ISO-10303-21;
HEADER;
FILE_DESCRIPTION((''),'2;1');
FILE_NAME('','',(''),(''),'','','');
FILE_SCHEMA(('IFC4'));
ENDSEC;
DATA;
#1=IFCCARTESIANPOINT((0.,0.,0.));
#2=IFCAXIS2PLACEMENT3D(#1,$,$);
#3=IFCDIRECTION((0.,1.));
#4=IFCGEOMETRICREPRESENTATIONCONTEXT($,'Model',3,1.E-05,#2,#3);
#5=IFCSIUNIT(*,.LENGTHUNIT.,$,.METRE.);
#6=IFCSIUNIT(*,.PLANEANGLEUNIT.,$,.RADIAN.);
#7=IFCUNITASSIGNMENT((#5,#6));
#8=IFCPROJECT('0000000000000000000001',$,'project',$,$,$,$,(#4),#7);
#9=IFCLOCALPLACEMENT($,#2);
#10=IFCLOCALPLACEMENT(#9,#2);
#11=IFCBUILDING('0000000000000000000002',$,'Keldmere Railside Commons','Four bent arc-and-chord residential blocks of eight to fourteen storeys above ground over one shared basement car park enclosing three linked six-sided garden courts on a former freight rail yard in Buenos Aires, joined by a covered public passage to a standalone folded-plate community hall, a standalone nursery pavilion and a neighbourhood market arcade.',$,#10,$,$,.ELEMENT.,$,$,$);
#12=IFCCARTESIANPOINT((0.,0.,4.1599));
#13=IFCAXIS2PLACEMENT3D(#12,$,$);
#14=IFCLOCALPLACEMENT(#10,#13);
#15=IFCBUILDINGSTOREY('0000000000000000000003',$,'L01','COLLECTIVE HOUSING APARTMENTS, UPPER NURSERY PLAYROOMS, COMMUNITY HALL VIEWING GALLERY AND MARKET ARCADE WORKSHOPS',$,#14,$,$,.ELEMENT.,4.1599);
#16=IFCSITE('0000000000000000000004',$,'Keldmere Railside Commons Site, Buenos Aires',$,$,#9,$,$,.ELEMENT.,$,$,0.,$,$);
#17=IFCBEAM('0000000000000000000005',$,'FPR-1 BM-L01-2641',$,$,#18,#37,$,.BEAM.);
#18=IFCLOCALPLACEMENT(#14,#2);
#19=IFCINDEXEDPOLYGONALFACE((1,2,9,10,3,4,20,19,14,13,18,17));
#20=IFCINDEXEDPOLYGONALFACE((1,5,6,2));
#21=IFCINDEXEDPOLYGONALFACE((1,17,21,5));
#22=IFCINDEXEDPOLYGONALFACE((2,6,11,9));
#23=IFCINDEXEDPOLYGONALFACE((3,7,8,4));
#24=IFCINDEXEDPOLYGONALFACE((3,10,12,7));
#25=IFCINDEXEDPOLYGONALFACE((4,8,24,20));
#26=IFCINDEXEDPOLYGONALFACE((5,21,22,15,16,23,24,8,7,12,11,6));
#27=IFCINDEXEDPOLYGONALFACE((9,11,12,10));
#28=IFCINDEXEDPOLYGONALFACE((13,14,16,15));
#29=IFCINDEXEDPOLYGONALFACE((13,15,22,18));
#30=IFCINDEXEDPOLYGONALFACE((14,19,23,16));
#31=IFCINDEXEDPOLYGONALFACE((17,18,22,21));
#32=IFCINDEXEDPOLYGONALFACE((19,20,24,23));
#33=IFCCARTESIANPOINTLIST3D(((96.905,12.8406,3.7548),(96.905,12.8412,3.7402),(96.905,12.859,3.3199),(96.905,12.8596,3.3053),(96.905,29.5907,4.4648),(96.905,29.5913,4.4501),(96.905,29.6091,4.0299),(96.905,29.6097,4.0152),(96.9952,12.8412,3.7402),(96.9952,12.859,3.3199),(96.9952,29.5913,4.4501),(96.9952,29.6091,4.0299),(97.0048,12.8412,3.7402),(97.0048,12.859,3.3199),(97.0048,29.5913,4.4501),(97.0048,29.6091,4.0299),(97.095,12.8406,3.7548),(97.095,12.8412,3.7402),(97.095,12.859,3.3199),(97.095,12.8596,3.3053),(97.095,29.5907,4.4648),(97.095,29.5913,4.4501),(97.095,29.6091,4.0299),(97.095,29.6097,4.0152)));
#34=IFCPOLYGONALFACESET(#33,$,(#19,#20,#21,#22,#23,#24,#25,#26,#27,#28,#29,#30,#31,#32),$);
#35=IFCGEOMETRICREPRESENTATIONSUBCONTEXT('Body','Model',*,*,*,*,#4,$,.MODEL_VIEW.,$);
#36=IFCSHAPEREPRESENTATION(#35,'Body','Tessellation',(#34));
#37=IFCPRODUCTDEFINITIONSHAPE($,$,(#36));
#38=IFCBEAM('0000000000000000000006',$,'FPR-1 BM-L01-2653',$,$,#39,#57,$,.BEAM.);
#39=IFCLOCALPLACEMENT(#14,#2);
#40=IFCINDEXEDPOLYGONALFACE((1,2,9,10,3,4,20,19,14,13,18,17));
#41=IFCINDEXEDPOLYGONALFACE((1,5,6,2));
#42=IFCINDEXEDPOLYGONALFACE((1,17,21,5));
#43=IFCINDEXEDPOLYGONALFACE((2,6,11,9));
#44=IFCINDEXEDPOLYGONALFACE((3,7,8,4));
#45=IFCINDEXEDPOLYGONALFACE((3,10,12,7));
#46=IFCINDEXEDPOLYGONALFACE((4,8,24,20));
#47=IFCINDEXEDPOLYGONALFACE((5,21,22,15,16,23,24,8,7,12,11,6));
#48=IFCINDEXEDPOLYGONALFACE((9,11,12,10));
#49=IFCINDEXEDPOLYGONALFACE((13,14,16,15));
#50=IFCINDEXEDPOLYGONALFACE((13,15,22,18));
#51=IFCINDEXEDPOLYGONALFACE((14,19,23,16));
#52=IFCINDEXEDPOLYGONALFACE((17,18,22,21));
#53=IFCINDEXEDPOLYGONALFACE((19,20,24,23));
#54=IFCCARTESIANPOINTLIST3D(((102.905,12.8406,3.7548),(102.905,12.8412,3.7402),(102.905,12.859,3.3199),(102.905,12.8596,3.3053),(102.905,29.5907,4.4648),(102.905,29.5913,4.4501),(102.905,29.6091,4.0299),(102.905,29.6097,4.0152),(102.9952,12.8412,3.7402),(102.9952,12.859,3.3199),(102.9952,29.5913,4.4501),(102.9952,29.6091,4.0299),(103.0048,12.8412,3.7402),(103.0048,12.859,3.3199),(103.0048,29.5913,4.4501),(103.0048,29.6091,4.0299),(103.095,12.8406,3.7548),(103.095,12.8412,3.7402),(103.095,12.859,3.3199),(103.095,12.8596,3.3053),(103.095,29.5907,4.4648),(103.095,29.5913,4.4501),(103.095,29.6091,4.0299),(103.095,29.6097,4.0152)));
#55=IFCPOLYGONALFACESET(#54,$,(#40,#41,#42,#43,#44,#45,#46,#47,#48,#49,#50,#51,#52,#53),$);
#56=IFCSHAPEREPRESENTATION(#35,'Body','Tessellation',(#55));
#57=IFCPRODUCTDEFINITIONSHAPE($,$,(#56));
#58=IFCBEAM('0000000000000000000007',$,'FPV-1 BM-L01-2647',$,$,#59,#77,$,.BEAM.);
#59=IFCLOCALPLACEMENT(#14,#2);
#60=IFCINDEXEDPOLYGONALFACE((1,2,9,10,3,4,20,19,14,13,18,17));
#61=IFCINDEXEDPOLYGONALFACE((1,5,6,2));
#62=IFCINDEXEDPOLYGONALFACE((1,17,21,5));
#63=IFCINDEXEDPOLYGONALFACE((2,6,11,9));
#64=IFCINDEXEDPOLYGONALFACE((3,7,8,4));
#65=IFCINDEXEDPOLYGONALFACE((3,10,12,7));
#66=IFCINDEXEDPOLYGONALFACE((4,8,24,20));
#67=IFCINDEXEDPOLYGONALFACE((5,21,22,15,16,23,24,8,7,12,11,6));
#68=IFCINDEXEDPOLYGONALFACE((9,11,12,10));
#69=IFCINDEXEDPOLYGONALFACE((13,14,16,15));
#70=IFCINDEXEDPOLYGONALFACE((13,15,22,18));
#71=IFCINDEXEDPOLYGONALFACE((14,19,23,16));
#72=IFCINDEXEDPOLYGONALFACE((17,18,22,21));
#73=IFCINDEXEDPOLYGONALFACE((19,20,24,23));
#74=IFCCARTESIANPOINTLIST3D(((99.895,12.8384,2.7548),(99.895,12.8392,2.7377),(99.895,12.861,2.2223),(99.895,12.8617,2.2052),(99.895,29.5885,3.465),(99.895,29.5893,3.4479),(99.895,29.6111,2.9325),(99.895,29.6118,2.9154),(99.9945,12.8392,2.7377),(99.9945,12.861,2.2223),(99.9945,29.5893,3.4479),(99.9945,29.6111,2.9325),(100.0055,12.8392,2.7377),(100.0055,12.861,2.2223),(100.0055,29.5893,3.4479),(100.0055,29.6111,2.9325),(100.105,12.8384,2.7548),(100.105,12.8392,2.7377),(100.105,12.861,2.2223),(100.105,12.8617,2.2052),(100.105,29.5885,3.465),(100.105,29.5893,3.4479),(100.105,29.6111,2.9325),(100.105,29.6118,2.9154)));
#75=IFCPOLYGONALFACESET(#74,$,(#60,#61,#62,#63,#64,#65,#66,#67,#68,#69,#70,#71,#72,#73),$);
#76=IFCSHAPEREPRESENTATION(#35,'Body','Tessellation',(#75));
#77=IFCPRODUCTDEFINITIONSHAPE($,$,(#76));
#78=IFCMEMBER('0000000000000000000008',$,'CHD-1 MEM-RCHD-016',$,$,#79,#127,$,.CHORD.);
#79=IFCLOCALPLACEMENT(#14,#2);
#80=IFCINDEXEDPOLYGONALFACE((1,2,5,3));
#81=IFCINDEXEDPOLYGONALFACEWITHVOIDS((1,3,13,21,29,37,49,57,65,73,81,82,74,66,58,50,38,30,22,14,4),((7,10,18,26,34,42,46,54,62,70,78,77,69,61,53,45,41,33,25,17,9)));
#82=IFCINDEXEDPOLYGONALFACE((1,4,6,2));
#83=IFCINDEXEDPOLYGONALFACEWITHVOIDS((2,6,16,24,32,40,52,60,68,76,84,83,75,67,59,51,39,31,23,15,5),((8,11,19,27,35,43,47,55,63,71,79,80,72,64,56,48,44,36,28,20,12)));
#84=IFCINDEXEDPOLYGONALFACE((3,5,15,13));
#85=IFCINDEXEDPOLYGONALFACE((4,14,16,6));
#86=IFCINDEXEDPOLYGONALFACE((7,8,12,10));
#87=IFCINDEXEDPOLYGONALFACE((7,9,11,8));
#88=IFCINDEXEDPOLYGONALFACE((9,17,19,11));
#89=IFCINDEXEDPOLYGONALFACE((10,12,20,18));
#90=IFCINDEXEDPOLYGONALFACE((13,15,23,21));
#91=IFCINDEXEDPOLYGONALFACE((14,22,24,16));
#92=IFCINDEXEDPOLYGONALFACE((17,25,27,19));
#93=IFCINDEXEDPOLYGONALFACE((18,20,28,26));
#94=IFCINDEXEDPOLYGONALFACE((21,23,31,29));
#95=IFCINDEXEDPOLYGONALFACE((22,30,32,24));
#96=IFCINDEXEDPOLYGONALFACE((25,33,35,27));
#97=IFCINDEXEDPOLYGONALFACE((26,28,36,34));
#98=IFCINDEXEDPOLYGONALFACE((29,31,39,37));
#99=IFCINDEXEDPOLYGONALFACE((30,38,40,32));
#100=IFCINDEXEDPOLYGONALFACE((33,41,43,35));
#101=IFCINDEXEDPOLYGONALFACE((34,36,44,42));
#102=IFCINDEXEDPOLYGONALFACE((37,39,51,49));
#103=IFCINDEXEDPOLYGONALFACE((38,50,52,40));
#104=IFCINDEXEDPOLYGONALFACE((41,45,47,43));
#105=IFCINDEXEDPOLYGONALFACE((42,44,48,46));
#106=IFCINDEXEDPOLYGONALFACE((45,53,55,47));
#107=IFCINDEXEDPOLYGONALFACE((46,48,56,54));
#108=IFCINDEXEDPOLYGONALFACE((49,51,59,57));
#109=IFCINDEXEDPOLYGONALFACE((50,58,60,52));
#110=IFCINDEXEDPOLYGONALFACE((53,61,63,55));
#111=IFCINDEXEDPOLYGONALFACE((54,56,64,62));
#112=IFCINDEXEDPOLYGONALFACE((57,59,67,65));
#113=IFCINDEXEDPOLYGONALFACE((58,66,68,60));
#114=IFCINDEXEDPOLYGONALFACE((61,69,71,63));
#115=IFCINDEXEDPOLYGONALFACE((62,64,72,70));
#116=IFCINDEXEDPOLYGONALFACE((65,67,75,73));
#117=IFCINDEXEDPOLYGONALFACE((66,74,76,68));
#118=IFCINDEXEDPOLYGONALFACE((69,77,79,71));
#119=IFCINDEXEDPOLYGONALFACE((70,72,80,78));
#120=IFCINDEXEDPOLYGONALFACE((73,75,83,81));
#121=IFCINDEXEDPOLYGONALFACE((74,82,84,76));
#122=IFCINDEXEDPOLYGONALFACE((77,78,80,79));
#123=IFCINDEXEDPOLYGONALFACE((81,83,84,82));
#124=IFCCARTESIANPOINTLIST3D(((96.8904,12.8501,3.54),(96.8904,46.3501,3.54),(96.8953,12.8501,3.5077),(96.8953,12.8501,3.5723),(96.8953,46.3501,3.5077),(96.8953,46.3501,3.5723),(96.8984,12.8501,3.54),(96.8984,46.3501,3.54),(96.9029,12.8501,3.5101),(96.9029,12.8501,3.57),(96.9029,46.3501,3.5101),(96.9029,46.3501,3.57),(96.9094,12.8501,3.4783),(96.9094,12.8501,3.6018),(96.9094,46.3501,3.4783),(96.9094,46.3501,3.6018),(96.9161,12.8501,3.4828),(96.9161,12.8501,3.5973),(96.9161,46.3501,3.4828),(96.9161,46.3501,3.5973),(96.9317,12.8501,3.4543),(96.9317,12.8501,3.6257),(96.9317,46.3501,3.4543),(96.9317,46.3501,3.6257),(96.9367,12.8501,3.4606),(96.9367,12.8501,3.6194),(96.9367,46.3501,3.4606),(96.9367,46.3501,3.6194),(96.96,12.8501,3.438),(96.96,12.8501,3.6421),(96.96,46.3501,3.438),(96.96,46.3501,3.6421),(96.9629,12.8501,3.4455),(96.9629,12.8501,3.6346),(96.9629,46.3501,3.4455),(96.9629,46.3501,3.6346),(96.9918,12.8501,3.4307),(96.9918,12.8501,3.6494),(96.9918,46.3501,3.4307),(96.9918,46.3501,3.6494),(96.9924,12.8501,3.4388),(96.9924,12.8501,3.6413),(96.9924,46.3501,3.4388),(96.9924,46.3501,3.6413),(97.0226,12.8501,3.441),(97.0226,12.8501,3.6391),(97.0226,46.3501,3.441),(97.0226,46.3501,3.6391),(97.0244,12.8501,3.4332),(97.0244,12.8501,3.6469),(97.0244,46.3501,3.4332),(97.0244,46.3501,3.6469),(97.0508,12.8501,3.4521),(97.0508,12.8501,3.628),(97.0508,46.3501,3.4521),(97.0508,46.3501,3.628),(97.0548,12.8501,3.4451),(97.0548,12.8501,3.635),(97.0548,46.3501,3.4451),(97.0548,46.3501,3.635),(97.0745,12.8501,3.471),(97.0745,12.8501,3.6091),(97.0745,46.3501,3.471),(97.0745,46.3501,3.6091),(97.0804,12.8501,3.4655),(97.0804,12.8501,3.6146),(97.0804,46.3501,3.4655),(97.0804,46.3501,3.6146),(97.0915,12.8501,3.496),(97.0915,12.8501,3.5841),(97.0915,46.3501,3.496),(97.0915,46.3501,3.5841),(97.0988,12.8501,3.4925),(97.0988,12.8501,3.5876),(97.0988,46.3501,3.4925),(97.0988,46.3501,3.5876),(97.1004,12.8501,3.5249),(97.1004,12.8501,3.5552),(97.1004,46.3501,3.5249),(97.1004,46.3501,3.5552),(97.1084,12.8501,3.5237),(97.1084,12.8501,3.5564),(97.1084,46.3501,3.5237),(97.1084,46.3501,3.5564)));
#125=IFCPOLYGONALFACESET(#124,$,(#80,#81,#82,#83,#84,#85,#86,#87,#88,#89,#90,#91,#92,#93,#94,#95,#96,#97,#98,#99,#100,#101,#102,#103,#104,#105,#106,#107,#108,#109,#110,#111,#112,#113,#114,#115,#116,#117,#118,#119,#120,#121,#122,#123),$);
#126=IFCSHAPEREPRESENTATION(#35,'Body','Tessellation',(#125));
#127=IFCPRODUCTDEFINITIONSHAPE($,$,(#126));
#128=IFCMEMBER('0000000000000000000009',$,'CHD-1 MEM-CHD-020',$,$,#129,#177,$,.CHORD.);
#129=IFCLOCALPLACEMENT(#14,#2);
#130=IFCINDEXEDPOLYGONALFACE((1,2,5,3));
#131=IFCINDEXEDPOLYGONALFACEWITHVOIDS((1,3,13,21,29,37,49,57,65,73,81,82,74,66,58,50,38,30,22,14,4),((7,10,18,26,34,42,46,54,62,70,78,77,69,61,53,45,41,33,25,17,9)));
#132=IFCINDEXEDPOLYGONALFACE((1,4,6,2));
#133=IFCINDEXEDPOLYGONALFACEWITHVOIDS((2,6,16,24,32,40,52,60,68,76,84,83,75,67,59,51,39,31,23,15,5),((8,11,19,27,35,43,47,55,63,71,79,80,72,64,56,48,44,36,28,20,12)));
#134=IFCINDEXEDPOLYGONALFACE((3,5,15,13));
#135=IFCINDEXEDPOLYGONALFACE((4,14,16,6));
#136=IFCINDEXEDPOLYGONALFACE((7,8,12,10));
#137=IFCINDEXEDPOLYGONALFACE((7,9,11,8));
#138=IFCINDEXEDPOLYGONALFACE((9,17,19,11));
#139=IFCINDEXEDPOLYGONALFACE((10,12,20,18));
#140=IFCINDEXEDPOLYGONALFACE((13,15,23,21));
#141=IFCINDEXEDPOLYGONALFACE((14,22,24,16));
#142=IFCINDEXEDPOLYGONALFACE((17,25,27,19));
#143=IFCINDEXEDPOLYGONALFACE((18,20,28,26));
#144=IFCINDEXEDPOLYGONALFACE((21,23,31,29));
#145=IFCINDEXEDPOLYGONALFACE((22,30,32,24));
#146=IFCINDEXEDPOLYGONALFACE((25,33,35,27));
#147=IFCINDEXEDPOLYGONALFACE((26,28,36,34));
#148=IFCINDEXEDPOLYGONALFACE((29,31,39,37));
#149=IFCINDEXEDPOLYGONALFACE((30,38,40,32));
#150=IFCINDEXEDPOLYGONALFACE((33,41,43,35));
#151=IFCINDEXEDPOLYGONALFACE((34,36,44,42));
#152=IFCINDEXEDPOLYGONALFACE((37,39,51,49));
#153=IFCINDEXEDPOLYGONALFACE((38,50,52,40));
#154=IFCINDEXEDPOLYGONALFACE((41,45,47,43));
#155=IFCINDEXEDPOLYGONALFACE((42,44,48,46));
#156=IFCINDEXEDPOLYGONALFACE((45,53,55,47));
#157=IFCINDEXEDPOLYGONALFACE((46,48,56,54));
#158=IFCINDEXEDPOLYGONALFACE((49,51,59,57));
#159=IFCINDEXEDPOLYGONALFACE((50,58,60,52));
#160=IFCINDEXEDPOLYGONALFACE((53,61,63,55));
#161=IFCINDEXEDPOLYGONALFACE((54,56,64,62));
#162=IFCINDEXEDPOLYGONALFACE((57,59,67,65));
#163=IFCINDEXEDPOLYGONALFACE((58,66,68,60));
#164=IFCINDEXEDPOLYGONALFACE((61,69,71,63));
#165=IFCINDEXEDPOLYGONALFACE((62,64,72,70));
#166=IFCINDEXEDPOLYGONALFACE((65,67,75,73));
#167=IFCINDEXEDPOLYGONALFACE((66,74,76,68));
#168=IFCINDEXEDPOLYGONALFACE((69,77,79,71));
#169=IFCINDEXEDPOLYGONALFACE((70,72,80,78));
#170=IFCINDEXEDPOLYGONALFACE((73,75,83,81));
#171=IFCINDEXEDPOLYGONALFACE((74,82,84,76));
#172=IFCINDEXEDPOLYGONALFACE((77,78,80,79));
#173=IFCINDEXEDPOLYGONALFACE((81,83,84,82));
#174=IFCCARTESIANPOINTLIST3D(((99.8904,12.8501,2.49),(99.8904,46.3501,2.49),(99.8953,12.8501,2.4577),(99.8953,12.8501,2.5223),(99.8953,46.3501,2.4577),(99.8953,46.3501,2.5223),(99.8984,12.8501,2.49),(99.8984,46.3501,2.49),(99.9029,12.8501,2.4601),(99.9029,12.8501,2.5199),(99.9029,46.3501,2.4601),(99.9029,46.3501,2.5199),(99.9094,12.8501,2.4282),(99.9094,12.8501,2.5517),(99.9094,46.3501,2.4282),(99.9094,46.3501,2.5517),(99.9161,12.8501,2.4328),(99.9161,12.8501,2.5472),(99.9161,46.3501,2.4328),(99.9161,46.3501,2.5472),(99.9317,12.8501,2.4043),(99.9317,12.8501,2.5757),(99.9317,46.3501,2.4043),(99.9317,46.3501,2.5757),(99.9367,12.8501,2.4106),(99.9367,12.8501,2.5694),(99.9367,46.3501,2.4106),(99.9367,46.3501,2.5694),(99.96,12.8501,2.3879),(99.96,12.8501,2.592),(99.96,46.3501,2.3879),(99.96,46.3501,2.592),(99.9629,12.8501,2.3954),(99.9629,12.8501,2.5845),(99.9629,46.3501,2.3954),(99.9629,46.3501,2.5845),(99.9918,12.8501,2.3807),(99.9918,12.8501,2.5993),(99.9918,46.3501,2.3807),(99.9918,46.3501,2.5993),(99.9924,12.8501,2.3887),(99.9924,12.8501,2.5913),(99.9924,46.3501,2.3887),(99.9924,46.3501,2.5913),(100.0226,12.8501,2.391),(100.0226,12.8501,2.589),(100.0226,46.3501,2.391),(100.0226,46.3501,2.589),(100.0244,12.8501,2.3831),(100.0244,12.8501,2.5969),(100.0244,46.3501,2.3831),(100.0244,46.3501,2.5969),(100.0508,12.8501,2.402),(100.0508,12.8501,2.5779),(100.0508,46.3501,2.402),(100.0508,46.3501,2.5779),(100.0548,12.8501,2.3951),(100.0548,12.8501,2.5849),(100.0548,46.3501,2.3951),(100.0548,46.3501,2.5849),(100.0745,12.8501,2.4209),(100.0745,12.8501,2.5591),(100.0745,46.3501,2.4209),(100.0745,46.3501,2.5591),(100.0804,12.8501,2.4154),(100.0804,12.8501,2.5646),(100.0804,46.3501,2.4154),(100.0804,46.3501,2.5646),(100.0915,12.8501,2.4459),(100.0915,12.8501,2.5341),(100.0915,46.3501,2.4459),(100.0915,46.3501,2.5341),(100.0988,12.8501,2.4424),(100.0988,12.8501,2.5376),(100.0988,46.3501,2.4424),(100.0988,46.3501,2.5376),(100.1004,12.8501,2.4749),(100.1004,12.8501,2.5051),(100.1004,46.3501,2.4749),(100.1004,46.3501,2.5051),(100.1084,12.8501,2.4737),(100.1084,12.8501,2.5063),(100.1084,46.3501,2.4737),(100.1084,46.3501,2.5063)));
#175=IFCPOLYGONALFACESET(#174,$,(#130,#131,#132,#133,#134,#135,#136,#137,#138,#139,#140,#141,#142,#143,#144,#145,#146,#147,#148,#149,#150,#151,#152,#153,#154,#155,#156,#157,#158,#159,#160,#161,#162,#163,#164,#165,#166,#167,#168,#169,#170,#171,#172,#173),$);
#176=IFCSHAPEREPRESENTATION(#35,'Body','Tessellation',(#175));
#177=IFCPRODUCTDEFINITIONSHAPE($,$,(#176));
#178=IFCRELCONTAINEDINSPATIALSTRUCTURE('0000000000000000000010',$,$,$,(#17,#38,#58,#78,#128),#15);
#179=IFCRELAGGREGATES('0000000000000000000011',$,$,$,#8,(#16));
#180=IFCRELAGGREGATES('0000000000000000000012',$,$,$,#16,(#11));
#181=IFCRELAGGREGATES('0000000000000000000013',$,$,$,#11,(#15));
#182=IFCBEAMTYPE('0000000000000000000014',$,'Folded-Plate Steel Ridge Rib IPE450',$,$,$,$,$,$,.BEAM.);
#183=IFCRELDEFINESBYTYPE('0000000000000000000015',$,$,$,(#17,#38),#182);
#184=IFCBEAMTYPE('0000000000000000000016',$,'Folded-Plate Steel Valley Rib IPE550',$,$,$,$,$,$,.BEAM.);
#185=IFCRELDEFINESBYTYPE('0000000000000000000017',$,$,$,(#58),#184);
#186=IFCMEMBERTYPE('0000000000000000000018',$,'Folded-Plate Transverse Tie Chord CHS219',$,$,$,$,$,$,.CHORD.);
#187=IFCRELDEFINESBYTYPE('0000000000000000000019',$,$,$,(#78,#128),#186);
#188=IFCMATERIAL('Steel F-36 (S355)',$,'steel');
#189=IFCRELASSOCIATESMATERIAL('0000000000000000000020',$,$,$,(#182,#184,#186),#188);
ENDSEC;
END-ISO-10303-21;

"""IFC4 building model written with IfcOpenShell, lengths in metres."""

from ifc_helpers import new_model, si_unit, direction, frame, origin, origin_2d, place, context, subcontext, project, spatial, hollow_circle, i_section, extrude, material, material_profile, profile_set, type_object, element, save


model = new_model("IFC4")

# Units and contexts
model_context = context("Model", 3, precision=1e-05, world=origin(), true_north=direction((0.0, 1.0)))
body_context = subcontext(model_context, "Body", "Model", "MODEL_VIEW")
ifc_project = project(units=[si_unit("LENGTHUNIT", "METRE"), si_unit("PLANEANGLEUNIT", "RADIAN")], contexts=[model_context])

# Site, building, storey
site_placement = place(None, origin())
site = spatial("IfcSite", under=ifc_project, at=site_placement, Name="Keldmere Railside Commons Site, Buenos Aires", CompositionType="ELEMENT", RefElevation=0.0)
building_placement = place(site_placement, origin())
building = spatial("IfcBuilding", under=site, at=building_placement, Name="Keldmere Railside Commons", Description="Four bent arc-and-chord residential blocks of eight to fourteen storeys above ground over one shared basement car park enclosing three linked six-sided garden courts on a former freight rail yard in Buenos Aires, joined by a covered public passage to a standalone folded-plate community hall, a standalone nursery pavilion and a neighbourhood market arcade.", CompositionType="ELEMENT")
storey_placement = place(building_placement, frame((0.0, 0.0, 4.1599)))
storey = spatial("IfcBuildingStorey", under=building, at=storey_placement, Name="L01", Description="COLLECTIVE HOUSING APARTMENTS, UPPER NURSERY PLAYROOMS, COMMUNITY HALL VIEWING GALLERY AND MARKET ARCADE WORKSHOPS", CompositionType="ELEMENT", Elevation=4.1599)

# Beams
ifc_material_1 = material(Name="Steel F-36 (S355)", Category="steel")
ifc_material_profile_1 = material_profile(ifc_material_1, i_section(OverallWidth=0.1899, OverallDepth=0.45, WebThickness=0.0095, FlangeThickness=0.0146, at=origin_2d()), Name="IPE-450")
ifc_profile_set_1 = profile_set([ifc_material_profile_1], Name="Steel F-36 (S355)")
beam_type_1 = type_object("IfcBeamType", Name="Folded-Plate Steel Ridge Rib IPE450", PredefinedType="BEAM", material=ifc_profile_set_1)
for number, where, z_axis, x_axis, name in (
    (1, (97.0, 12.8501, 3.53), (0.0, 0.999103, 0.042348), (-1.0, 0.0, 0.0), "FPR-1 BM-L01-2641"),
    (2, (103.0, 12.8501, 3.53), (0.0, 0.999103, 0.042348), (-1.0, 0.0, 0.0), "FPR-1 BM-L01-2653"),
):
    element("IfcBeam", number, at=place(storey_placement, frame(where, z_axis=z_axis, x_axis=x_axis)), inside=storey, type_object=beam_type_1, Name=name, PredefinedType="BEAM", context=body_context, shape_type="SweptSolid", body=[
        extrude(i_section(OverallWidth=0.1899, OverallDepth=0.45, WebThickness=0.0095, FlangeThickness=0.0146, at=origin_2d()), origin(), (0.0, 0.0, 1.0), 16.7651),
    ])
ifc_material_profile_2 = material_profile(ifc_material_1, i_section(OverallWidth=0.21, OverallDepth=0.55, WebThickness=0.011, FlangeThickness=0.0171, at=origin_2d()), Name="IPE-550")
ifc_profile_set_2 = profile_set([ifc_material_profile_2], Name="Steel F-36 (S355)")
beam_type_2 = type_object("IfcBeamType", Name="Folded-Plate Steel Valley Rib IPE550", PredefinedType="BEAM", material=ifc_profile_set_2)
beam_placement = place(storey_placement, frame((100.0, 12.8501, 2.48), z_axis=(0.0, 0.999102, 0.042362), x_axis=(-1.0, 0.0, 0.0)))
element("IfcBeam", 3, at=beam_placement, inside=storey, type_object=beam_type_2, Name="FPV-1 BM-L01-2647", PredefinedType="BEAM", context=body_context, shape_type="SweptSolid", body=[
    extrude(i_section(OverallWidth=0.21, OverallDepth=0.55, WebThickness=0.011, FlangeThickness=0.0171, at=origin_2d()), origin(), (0.0, 0.0, 1.0), 16.7651),
])

# Members
ifc_material_profile_3 = material_profile(ifc_material_1, hollow_circle(Radius=0.1096, WallThickness=0.0081, at=origin_2d()), Name="CHS-219x8")
ifc_profile_set_3 = profile_set([ifc_material_profile_3], Name="Steel F-36 (S355)")
member_type_1 = type_object("IfcMemberType", Name="Folded-Plate Transverse Tie Chord CHS219", PredefinedType="CHORD", material=ifc_profile_set_3)
for number, where, z_axis, x_axis, name in (
    (4, (97.0, 12.8501, 3.54), (0.0, 1.0, 0.0), (-1.0, 0.0, 0.0), "CHD-1 MEM-RCHD-016"),
    (5, (100.0, 12.8501, 2.49), (0.0, 1.0, 0.0), (-1.0, 0.0, 0.0), "CHD-1 MEM-CHD-020"),
):
    element("IfcMember", number, at=place(storey_placement, frame(where, z_axis=z_axis, x_axis=x_axis)), inside=storey, type_object=member_type_1, Name=name, PredefinedType="CHORD", context=body_context, shape_type="SweptSolid", body=[
        extrude(hollow_circle(Radius=0.1096, WallThickness=0.0081, at=origin_2d()), origin(), (0.0, 0.0, 1.0), 33.5),
    ])

save(model, "model.ifc")
